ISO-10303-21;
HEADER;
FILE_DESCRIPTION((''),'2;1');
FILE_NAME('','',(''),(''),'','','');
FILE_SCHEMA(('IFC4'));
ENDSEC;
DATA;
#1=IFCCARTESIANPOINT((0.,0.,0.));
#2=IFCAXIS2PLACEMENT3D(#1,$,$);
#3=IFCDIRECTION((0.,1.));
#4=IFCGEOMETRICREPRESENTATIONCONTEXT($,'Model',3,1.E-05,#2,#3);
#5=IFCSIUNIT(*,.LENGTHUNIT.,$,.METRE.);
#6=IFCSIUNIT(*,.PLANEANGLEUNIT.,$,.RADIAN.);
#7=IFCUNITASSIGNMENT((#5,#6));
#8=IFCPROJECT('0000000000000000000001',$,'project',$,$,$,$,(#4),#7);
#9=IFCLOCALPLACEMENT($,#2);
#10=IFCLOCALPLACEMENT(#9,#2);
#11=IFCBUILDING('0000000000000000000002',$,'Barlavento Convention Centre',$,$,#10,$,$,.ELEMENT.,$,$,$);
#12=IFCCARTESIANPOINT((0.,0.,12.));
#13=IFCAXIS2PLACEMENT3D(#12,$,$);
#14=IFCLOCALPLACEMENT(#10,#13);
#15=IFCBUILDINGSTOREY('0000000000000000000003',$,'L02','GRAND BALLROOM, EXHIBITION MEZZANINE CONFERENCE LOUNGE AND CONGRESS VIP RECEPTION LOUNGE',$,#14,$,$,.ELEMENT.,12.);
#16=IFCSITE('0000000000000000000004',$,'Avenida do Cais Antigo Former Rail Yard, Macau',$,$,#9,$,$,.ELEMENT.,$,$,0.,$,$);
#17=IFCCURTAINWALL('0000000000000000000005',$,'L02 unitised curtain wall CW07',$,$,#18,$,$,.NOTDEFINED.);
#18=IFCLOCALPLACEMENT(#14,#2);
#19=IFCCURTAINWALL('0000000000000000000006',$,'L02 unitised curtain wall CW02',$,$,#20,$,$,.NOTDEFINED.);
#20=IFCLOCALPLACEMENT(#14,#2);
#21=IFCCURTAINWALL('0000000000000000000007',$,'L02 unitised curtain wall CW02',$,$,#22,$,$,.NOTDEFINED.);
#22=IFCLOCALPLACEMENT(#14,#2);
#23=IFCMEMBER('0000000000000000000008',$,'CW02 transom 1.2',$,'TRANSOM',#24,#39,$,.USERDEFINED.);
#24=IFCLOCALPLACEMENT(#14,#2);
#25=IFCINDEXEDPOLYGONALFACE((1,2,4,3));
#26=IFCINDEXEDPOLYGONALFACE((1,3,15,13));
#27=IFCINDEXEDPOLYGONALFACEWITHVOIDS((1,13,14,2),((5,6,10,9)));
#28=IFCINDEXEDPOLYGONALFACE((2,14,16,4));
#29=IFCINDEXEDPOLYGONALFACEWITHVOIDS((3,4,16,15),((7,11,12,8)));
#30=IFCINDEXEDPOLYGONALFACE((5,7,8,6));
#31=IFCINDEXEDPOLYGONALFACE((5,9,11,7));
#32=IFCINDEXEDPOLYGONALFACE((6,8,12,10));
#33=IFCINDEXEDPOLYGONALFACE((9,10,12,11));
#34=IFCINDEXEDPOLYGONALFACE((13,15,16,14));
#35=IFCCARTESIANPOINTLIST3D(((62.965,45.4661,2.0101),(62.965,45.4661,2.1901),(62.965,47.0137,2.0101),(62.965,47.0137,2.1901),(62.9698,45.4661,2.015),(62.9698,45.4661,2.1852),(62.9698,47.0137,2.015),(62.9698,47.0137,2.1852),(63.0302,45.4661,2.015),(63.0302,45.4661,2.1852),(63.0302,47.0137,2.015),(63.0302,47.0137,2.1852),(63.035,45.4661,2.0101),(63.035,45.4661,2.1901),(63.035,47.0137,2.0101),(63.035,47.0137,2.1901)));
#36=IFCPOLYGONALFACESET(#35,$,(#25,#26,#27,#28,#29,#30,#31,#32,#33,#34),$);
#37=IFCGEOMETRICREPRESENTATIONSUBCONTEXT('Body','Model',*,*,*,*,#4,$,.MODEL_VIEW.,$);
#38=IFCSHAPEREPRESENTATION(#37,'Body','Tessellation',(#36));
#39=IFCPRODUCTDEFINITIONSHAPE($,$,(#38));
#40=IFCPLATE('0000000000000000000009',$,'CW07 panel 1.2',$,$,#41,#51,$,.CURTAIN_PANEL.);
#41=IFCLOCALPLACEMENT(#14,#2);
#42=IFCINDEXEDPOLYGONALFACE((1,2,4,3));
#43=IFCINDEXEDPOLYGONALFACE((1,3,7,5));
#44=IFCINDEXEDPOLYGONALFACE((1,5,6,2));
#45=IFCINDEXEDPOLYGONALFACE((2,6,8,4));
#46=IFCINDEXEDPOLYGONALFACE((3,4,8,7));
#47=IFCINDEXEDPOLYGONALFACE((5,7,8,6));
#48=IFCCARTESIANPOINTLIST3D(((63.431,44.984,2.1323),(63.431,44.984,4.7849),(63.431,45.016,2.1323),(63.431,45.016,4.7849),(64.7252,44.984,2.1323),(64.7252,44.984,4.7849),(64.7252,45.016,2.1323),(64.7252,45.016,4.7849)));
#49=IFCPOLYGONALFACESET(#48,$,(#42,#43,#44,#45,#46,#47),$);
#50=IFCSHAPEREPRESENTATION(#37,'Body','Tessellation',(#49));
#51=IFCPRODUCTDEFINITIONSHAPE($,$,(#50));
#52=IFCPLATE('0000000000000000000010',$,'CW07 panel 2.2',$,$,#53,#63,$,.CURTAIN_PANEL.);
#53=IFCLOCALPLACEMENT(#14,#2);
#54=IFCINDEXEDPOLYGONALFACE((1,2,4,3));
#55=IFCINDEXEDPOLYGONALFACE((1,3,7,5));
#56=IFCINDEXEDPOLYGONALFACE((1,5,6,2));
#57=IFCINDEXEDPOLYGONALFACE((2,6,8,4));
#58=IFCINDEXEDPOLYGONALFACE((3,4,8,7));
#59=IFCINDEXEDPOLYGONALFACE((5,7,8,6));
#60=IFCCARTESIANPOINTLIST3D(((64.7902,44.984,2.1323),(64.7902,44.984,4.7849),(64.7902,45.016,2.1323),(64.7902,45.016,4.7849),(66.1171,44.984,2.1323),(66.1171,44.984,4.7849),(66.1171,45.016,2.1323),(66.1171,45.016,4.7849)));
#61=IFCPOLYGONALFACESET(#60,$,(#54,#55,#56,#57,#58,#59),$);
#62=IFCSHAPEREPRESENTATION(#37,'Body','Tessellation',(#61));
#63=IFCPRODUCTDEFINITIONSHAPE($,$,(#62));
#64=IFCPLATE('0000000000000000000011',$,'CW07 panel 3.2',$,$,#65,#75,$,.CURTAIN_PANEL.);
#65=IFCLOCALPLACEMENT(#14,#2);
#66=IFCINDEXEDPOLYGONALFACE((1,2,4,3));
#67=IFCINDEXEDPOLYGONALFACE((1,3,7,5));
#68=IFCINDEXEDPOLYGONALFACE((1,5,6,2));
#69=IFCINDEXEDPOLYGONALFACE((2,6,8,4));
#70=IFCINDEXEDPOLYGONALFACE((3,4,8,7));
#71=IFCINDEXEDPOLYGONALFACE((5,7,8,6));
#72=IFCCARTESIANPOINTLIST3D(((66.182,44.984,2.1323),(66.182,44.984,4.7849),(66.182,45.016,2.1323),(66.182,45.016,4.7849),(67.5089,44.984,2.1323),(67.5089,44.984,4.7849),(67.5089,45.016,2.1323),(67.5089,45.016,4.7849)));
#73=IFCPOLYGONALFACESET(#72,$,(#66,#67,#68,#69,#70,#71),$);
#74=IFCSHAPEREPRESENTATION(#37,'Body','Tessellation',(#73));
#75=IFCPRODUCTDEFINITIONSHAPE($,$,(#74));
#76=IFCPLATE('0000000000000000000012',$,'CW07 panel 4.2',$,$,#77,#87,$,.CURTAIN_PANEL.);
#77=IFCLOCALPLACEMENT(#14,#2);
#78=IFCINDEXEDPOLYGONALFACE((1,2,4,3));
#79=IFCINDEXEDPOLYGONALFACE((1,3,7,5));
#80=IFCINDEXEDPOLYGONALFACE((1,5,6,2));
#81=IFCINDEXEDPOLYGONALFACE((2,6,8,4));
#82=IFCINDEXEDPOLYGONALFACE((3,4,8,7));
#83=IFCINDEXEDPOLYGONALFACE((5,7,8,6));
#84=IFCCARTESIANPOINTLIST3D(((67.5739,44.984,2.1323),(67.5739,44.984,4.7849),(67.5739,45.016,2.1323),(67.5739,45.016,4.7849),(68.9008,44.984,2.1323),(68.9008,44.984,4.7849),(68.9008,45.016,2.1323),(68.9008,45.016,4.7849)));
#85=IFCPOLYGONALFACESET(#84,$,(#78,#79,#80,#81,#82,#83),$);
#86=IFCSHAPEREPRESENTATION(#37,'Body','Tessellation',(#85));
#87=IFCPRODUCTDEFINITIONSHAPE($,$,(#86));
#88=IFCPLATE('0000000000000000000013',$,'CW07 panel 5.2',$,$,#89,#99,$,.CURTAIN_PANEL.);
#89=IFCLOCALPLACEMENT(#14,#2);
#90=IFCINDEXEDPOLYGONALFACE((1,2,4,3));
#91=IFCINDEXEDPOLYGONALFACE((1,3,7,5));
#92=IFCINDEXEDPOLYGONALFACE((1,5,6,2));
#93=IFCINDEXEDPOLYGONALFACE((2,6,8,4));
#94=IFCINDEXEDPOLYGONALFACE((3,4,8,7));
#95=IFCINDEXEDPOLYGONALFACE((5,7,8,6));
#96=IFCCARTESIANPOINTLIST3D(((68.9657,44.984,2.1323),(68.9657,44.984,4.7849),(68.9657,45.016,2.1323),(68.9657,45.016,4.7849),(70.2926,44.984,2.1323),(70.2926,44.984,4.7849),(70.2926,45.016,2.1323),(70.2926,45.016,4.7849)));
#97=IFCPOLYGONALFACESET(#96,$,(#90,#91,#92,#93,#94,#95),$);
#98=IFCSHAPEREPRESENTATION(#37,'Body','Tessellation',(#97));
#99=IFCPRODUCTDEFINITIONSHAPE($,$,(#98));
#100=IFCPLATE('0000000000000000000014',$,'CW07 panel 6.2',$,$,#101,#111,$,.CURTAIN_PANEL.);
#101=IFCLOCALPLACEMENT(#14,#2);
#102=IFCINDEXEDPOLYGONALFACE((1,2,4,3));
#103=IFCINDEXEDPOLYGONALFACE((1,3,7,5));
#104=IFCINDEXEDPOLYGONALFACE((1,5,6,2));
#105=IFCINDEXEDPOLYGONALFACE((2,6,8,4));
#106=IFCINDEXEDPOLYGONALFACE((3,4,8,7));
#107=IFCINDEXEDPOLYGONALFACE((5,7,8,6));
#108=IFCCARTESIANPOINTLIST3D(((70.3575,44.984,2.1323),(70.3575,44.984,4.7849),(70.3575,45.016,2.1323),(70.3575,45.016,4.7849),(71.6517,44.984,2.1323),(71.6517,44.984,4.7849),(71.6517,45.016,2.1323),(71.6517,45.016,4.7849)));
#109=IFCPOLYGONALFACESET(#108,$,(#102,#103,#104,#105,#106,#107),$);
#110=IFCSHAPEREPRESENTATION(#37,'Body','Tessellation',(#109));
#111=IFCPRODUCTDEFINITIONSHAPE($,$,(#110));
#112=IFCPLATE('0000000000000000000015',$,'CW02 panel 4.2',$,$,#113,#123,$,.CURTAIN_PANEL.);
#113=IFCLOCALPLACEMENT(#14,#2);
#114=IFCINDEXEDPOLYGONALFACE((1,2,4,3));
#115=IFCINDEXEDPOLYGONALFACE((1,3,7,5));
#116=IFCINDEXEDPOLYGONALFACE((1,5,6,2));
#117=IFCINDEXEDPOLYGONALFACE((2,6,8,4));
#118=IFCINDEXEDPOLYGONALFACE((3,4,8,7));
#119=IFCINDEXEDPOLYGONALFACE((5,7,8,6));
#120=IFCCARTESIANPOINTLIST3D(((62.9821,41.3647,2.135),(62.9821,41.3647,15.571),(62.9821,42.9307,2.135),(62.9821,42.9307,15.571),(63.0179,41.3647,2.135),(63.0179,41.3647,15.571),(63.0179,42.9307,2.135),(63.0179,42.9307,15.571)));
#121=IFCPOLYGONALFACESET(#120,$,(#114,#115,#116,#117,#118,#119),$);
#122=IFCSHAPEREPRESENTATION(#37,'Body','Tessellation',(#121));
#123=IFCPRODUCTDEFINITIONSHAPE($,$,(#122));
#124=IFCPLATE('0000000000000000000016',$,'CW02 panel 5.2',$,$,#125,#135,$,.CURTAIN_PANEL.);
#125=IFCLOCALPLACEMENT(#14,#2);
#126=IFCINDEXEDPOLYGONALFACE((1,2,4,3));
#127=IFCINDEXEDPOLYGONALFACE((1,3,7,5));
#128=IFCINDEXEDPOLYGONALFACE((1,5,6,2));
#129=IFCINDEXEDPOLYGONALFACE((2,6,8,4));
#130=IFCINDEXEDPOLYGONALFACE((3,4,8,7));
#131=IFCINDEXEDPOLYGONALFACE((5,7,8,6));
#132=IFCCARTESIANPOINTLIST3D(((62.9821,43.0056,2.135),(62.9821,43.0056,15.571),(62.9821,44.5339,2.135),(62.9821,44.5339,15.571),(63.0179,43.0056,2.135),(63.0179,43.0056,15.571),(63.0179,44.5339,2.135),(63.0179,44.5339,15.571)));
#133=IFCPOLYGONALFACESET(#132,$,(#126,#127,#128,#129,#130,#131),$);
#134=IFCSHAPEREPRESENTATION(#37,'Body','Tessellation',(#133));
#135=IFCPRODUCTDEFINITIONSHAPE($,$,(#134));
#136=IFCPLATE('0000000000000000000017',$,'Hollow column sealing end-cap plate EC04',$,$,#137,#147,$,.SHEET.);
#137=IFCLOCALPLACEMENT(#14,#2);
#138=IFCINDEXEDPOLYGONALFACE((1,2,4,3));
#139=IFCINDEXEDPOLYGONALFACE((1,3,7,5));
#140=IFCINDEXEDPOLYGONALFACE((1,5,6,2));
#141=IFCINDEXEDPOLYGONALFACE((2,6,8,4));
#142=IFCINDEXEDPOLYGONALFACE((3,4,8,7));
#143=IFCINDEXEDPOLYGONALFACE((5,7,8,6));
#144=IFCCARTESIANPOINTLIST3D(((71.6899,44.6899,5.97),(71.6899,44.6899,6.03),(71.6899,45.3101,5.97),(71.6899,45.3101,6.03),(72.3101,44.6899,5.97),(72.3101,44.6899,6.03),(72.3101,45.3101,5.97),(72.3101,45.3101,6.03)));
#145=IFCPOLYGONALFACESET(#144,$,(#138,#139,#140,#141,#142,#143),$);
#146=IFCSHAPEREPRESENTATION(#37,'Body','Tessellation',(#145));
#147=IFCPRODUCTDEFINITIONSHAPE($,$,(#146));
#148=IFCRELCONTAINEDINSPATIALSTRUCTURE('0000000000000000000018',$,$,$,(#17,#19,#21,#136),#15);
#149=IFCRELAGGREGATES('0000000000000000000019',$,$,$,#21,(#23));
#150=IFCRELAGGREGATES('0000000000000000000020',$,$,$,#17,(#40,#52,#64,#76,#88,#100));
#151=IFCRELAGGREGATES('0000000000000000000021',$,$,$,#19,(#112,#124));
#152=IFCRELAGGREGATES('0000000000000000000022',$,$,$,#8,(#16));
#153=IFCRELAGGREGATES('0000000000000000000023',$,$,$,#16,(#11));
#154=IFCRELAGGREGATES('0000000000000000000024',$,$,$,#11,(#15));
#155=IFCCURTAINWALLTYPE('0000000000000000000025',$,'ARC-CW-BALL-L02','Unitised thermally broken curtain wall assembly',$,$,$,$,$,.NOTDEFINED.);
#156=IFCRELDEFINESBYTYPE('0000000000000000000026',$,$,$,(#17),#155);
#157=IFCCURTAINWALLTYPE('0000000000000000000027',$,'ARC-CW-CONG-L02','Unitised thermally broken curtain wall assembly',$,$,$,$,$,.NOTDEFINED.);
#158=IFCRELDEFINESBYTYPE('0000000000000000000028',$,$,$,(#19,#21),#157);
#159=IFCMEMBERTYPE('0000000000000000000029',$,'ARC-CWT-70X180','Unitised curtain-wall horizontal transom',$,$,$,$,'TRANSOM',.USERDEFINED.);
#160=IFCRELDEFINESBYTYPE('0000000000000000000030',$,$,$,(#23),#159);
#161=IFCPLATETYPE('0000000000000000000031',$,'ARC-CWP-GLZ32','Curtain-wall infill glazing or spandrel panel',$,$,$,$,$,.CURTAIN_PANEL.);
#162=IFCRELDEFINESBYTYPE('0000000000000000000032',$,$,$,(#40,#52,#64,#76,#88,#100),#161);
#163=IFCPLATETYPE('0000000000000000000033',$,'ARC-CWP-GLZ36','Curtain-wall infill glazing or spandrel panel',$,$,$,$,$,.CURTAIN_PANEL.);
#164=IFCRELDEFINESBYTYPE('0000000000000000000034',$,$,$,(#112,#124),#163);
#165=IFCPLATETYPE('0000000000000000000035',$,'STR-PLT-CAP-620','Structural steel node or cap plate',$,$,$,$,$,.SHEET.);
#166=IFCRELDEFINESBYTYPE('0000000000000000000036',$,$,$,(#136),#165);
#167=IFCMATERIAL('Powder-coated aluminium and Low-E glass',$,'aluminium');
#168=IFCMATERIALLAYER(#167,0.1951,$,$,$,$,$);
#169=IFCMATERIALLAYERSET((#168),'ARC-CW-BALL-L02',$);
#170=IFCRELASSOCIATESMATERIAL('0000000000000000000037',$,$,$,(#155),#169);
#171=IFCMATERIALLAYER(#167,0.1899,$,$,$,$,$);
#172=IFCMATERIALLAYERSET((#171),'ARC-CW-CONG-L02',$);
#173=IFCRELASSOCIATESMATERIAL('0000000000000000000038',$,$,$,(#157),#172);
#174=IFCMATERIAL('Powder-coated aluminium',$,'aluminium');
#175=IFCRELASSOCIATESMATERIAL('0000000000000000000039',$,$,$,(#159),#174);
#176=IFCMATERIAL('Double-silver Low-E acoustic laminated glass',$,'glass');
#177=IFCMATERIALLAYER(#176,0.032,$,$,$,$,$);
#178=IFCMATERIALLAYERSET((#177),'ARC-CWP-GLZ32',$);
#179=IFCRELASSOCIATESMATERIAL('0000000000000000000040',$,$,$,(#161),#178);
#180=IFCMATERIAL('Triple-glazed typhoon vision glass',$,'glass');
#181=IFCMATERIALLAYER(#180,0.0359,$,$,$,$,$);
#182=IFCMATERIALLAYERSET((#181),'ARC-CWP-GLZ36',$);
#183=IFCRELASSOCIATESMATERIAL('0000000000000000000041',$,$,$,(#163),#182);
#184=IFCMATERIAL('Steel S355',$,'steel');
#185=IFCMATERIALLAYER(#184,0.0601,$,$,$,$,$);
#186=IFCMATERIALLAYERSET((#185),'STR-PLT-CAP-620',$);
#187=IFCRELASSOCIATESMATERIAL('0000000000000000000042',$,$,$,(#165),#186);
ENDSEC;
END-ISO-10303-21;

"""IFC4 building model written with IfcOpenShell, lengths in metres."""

from ifc_helpers import new_model, si_unit, direction, frame, origin, origin_2d, place, context, subcontext, project, spatial, rectangle, hollow_rectangle, extrude, material, layer, layer_set, material_profile, profile_set, type_object, element, aggregate, save


model = new_model("IFC4")

# Units and contexts
model_context = context("Model", 3, precision=1e-05, world=origin(), true_north=direction((0.0, 1.0)))
body_context = subcontext(model_context, "Body", "Model", "MODEL_VIEW")
ifc_project = project(units=[si_unit("LENGTHUNIT", "METRE"), si_unit("PLANEANGLEUNIT", "RADIAN")], contexts=[model_context])

# Site, building, storey
site_placement = place(None, origin())
site = spatial("IfcSite", under=ifc_project, at=site_placement, Name="Avenida do Cais Antigo Former Rail Yard, Macau", CompositionType="ELEMENT", RefElevation=0.0)
building_placement = place(site_placement, origin())
building = spatial("IfcBuilding", under=site, at=building_placement, Name="Barlavento Convention Centre", CompositionType="ELEMENT")
storey_placement = place(building_placement, frame((0.0, 0.0, 12.0)))
storey = spatial("IfcBuildingStorey", under=building, at=storey_placement, Name="L02", Description="GRAND BALLROOM, EXHIBITION MEZZANINE CONFERENCE LOUNGE AND CONGRESS VIP RECEPTION LOUNGE", CompositionType="ELEMENT", Elevation=12.0)

# Curtain walls
ifc_material_1 = material(Name="Powder-coated aluminium and Low-E glass", Category="aluminium")
ifc_layer_1 = layer(ifc_material_1, 0.1951)
ifc_layer_set_1 = layer_set([ifc_layer_1], Name="ARC-CW-BALL-L02")
curtain_wall_type_1 = type_object("IfcCurtainWallType", Name="ARC-CW-BALL-L02", Description="Unitised thermally broken curtain wall assembly", PredefinedType="NOTDEFINED", material=ifc_layer_set_1)
curtain_wall_1_placement = place(storey_placement, origin())
curtain_wall_1 = element("IfcCurtainWall", 1, at=curtain_wall_1_placement, inside=storey, type_object=curtain_wall_type_1, Name="L02 unitised curtain wall CW07", PredefinedType="NOTDEFINED")
ifc_material_2 = material(Name="Powder-coated aluminium", Category="aluminium")
ifc_layer_2 = layer(ifc_material_1, 0.1899)
ifc_layer_set_2 = layer_set([ifc_layer_2], Name="ARC-CW-CONG-L02")
curtain_wall_type_2 = type_object("IfcCurtainWallType", Name="ARC-CW-CONG-L02", Description="Unitised thermally broken curtain wall assembly", PredefinedType="NOTDEFINED", material=ifc_layer_set_2)
curtain_wall_2_placement = place(storey_placement, origin())
curtain_wall_2 = element("IfcCurtainWall", 2, at=curtain_wall_2_placement, inside=storey, type_object=curtain_wall_type_2, Name="L02 unitised curtain wall CW02", PredefinedType="NOTDEFINED")
ifc_material_profile_1 = material_profile(ifc_material_2, hollow_rectangle(XDim=0.0701, YDim=0.1799, WallThickness=0.0049, at=origin_2d()), Name="AL-TRAN 70x180x5")
ifc_profile_set_1 = profile_set([ifc_material_profile_1], Name="Powder-coated aluminium")
member_type_1 = type_object("IfcMemberType", Name="ARC-CWT-70X180", Description="Unitised curtain-wall horizontal transom", ElementType="TRANSOM", PredefinedType="USERDEFINED", material=ifc_profile_set_1)

# Curtain wall, member
curtain_wall_3_placement = place(storey_placement, origin())
curtain_wall_3 = element("IfcCurtainWall", 3, at=curtain_wall_3_placement, inside=storey, type_object=curtain_wall_type_2, Name="L02 unitised curtain wall CW02", PredefinedType="NOTDEFINED")
member_1_placement = place(storey_placement, frame((63.0, 45.4661, 2.1001), z_axis=(0.0, 1.0, 0.0), x_axis=(-1.0, 0.0, 0.0)))
member_1 = element("IfcMember", 4, at=member_1_placement, type_object=member_type_1, Name="CW02 transom 1.2", ObjectType="TRANSOM", PredefinedType="USERDEFINED", context=body_context, shape_type="SweptSolid", body=[
    extrude(hollow_rectangle(XDim=0.0701, YDim=0.1799, WallThickness=0.0049, at=origin_2d()), origin(), (0.0, 0.0, 1.0), 1.5476),
])
aggregate(curtain_wall_3, [member_1])

# Plates
ifc_material_3 = material(Name="Double-silver Low-E acoustic laminated glass", Category="glass")
ifc_layer_3 = layer(ifc_material_3, 0.032)
ifc_layer_set_3 = layer_set([ifc_layer_3], Name="ARC-CWP-GLZ32")
plate_type_1 = type_object("IfcPlateType", Name="ARC-CWP-GLZ32", Description="Curtain-wall infill glazing or spandrel panel", PredefinedType="CURTAIN_PANEL", material=ifc_layer_set_3)
plate_1_placement = place(storey_placement, frame((64.0781, 45.0, 2.1323), z_axis=(0.0, 0.0, 1.0), x_axis=(1.0, 0.0, 0.0)))
plate_1 = element("IfcPlate", 5, at=plate_1_placement, type_object=plate_type_1, Name="CW07 panel 1.2", PredefinedType="CURTAIN_PANEL", context=body_context, shape_type="SweptSolid", body=[
    extrude(rectangle(XDim=1.2942, YDim=0.032, at=origin_2d()), origin(), (0.0, 0.0, 1.0), 2.6526),
])
plate_2_placement = place(storey_placement, frame((65.4536, 45.0, 2.1323), z_axis=(0.0, 0.0, 1.0), x_axis=(1.0, 0.0, 0.0)))
plate_2 = element("IfcPlate", 6, at=plate_2_placement, type_object=plate_type_1, Name="CW07 panel 2.2", PredefinedType="CURTAIN_PANEL", context=body_context, shape_type="SweptSolid", body=[
    extrude(rectangle(XDim=1.3269, YDim=0.032, at=origin_2d()), origin(), (0.0, 0.0, 1.0), 2.6526),
])
plate_3_placement = place(storey_placement, frame((66.8455, 45.0, 2.1323), z_axis=(0.0, 0.0, 1.0), x_axis=(1.0, 0.0, 0.0)))
plate_3 = element("IfcPlate", 7, at=plate_3_placement, type_object=plate_type_1, Name="CW07 panel 3.2", PredefinedType="CURTAIN_PANEL", context=body_context, shape_type="SweptSolid", body=[
    extrude(rectangle(XDim=1.3269, YDim=0.032, at=origin_2d()), origin(), (0.0, 0.0, 1.0), 2.6526),
])
plate_4_placement = place(storey_placement, frame((68.2373, 45.0, 2.1323), z_axis=(0.0, 0.0, 1.0), x_axis=(1.0, 0.0, 0.0)))
plate_4 = element("IfcPlate", 8, at=plate_4_placement, type_object=plate_type_1, Name="CW07 panel 4.2", PredefinedType="CURTAIN_PANEL", context=body_context, shape_type="SweptSolid", body=[
    extrude(rectangle(XDim=1.3269, YDim=0.032, at=origin_2d()), origin(), (0.0, 0.0, 1.0), 2.6526),
])
plate_5_placement = place(storey_placement, frame((69.6292, 45.0, 2.1323), z_axis=(0.0, 0.0, 1.0), x_axis=(1.0, 0.0, 0.0)))
plate_5 = element("IfcPlate", 9, at=plate_5_placement, type_object=plate_type_1, Name="CW07 panel 5.2", PredefinedType="CURTAIN_PANEL", context=body_context, shape_type="SweptSolid", body=[
    extrude(rectangle(XDim=1.3269, YDim=0.032, at=origin_2d()), origin(), (0.0, 0.0, 1.0), 2.6526),
])
plate_6_placement = place(storey_placement, frame((71.0046, 45.0, 2.1323), z_axis=(0.0, 0.0, 1.0), x_axis=(1.0, 0.0, 0.0)))
plate_6 = element("IfcPlate", 10, at=plate_6_placement, type_object=plate_type_1, Name="CW07 panel 6.2", PredefinedType="CURTAIN_PANEL", context=body_context, shape_type="SweptSolid", body=[
    extrude(rectangle(XDim=1.2942, YDim=0.032, at=origin_2d()), origin(), (0.0, 0.0, 1.0), 2.6526),
])
aggregate(curtain_wall_1, [plate_1, plate_2, plate_3, plate_4, plate_5, plate_6])
ifc_material_4 = material(Name="Triple-glazed typhoon vision glass", Category="glass")
ifc_layer_4 = layer(ifc_material_4, 0.0359)
ifc_layer_set_4 = layer_set([ifc_layer_4], Name="ARC-CWP-GLZ36")
plate_type_2 = type_object("IfcPlateType", Name="ARC-CWP-GLZ36", Description="Curtain-wall infill glazing or spandrel panel", PredefinedType="CURTAIN_PANEL", material=ifc_layer_set_4)
plate_7_placement = place(storey_placement, frame((63.0, 42.1477, 2.135), z_axis=(0.0, 0.0, 1.0), x_axis=(0.0, 1.0, 0.0)))
plate_7 = element("IfcPlate", 11, at=plate_7_placement, type_object=plate_type_2, Name="CW02 panel 4.2", PredefinedType="CURTAIN_PANEL", context=body_context, shape_type="SweptSolid", body=[
    extrude(rectangle(XDim=1.5659, YDim=0.0359, at=origin_2d()), origin(), (0.0, 0.0, 1.0), 13.436),
])
plate_8_placement = place(storey_placement, frame((63.0, 43.7698, 2.135), z_axis=(0.0, 0.0, 1.0), x_axis=(0.0, 1.0, 0.0)))
plate_8 = element("IfcPlate", 12, at=plate_8_placement, type_object=plate_type_2, Name="CW02 panel 5.2", PredefinedType="CURTAIN_PANEL", context=body_context, shape_type="SweptSolid", body=[
    extrude(rectangle(XDim=1.5283, YDim=0.0359, at=origin_2d()), origin(), (0.0, 0.0, 1.0), 13.436),
])
aggregate(curtain_wall_2, [plate_7, plate_8])
ifc_material_5 = material(Name="Steel S355", Category="steel")
ifc_layer_5 = layer(ifc_material_5, 0.0601)
ifc_layer_set_5 = layer_set([ifc_layer_5], Name="STR-PLT-CAP-620")
plate_type_3 = type_object("IfcPlateType", Name="STR-PLT-CAP-620", Description="Structural steel node or cap plate", PredefinedType="SHEET", material=ifc_layer_set_5)
plate_9_placement = place(storey_placement, frame((72.0, 45.0, 5.97), z_axis=(0.0, 0.0, 1.0), x_axis=(1.0, 0.0, 0.0)))
element("IfcPlate", 13, at=plate_9_placement, inside=storey, type_object=plate_type_3, Name="Hollow column sealing end-cap plate EC04", PredefinedType="SHEET", context=body_context, shape_type="SweptSolid", body=[
    extrude(rectangle(XDim=0.6201, YDim=0.6201, at=origin_2d()), origin(), (0.0, 0.0, 1.0), 0.0601),
])

save(model, "model.ifc")
